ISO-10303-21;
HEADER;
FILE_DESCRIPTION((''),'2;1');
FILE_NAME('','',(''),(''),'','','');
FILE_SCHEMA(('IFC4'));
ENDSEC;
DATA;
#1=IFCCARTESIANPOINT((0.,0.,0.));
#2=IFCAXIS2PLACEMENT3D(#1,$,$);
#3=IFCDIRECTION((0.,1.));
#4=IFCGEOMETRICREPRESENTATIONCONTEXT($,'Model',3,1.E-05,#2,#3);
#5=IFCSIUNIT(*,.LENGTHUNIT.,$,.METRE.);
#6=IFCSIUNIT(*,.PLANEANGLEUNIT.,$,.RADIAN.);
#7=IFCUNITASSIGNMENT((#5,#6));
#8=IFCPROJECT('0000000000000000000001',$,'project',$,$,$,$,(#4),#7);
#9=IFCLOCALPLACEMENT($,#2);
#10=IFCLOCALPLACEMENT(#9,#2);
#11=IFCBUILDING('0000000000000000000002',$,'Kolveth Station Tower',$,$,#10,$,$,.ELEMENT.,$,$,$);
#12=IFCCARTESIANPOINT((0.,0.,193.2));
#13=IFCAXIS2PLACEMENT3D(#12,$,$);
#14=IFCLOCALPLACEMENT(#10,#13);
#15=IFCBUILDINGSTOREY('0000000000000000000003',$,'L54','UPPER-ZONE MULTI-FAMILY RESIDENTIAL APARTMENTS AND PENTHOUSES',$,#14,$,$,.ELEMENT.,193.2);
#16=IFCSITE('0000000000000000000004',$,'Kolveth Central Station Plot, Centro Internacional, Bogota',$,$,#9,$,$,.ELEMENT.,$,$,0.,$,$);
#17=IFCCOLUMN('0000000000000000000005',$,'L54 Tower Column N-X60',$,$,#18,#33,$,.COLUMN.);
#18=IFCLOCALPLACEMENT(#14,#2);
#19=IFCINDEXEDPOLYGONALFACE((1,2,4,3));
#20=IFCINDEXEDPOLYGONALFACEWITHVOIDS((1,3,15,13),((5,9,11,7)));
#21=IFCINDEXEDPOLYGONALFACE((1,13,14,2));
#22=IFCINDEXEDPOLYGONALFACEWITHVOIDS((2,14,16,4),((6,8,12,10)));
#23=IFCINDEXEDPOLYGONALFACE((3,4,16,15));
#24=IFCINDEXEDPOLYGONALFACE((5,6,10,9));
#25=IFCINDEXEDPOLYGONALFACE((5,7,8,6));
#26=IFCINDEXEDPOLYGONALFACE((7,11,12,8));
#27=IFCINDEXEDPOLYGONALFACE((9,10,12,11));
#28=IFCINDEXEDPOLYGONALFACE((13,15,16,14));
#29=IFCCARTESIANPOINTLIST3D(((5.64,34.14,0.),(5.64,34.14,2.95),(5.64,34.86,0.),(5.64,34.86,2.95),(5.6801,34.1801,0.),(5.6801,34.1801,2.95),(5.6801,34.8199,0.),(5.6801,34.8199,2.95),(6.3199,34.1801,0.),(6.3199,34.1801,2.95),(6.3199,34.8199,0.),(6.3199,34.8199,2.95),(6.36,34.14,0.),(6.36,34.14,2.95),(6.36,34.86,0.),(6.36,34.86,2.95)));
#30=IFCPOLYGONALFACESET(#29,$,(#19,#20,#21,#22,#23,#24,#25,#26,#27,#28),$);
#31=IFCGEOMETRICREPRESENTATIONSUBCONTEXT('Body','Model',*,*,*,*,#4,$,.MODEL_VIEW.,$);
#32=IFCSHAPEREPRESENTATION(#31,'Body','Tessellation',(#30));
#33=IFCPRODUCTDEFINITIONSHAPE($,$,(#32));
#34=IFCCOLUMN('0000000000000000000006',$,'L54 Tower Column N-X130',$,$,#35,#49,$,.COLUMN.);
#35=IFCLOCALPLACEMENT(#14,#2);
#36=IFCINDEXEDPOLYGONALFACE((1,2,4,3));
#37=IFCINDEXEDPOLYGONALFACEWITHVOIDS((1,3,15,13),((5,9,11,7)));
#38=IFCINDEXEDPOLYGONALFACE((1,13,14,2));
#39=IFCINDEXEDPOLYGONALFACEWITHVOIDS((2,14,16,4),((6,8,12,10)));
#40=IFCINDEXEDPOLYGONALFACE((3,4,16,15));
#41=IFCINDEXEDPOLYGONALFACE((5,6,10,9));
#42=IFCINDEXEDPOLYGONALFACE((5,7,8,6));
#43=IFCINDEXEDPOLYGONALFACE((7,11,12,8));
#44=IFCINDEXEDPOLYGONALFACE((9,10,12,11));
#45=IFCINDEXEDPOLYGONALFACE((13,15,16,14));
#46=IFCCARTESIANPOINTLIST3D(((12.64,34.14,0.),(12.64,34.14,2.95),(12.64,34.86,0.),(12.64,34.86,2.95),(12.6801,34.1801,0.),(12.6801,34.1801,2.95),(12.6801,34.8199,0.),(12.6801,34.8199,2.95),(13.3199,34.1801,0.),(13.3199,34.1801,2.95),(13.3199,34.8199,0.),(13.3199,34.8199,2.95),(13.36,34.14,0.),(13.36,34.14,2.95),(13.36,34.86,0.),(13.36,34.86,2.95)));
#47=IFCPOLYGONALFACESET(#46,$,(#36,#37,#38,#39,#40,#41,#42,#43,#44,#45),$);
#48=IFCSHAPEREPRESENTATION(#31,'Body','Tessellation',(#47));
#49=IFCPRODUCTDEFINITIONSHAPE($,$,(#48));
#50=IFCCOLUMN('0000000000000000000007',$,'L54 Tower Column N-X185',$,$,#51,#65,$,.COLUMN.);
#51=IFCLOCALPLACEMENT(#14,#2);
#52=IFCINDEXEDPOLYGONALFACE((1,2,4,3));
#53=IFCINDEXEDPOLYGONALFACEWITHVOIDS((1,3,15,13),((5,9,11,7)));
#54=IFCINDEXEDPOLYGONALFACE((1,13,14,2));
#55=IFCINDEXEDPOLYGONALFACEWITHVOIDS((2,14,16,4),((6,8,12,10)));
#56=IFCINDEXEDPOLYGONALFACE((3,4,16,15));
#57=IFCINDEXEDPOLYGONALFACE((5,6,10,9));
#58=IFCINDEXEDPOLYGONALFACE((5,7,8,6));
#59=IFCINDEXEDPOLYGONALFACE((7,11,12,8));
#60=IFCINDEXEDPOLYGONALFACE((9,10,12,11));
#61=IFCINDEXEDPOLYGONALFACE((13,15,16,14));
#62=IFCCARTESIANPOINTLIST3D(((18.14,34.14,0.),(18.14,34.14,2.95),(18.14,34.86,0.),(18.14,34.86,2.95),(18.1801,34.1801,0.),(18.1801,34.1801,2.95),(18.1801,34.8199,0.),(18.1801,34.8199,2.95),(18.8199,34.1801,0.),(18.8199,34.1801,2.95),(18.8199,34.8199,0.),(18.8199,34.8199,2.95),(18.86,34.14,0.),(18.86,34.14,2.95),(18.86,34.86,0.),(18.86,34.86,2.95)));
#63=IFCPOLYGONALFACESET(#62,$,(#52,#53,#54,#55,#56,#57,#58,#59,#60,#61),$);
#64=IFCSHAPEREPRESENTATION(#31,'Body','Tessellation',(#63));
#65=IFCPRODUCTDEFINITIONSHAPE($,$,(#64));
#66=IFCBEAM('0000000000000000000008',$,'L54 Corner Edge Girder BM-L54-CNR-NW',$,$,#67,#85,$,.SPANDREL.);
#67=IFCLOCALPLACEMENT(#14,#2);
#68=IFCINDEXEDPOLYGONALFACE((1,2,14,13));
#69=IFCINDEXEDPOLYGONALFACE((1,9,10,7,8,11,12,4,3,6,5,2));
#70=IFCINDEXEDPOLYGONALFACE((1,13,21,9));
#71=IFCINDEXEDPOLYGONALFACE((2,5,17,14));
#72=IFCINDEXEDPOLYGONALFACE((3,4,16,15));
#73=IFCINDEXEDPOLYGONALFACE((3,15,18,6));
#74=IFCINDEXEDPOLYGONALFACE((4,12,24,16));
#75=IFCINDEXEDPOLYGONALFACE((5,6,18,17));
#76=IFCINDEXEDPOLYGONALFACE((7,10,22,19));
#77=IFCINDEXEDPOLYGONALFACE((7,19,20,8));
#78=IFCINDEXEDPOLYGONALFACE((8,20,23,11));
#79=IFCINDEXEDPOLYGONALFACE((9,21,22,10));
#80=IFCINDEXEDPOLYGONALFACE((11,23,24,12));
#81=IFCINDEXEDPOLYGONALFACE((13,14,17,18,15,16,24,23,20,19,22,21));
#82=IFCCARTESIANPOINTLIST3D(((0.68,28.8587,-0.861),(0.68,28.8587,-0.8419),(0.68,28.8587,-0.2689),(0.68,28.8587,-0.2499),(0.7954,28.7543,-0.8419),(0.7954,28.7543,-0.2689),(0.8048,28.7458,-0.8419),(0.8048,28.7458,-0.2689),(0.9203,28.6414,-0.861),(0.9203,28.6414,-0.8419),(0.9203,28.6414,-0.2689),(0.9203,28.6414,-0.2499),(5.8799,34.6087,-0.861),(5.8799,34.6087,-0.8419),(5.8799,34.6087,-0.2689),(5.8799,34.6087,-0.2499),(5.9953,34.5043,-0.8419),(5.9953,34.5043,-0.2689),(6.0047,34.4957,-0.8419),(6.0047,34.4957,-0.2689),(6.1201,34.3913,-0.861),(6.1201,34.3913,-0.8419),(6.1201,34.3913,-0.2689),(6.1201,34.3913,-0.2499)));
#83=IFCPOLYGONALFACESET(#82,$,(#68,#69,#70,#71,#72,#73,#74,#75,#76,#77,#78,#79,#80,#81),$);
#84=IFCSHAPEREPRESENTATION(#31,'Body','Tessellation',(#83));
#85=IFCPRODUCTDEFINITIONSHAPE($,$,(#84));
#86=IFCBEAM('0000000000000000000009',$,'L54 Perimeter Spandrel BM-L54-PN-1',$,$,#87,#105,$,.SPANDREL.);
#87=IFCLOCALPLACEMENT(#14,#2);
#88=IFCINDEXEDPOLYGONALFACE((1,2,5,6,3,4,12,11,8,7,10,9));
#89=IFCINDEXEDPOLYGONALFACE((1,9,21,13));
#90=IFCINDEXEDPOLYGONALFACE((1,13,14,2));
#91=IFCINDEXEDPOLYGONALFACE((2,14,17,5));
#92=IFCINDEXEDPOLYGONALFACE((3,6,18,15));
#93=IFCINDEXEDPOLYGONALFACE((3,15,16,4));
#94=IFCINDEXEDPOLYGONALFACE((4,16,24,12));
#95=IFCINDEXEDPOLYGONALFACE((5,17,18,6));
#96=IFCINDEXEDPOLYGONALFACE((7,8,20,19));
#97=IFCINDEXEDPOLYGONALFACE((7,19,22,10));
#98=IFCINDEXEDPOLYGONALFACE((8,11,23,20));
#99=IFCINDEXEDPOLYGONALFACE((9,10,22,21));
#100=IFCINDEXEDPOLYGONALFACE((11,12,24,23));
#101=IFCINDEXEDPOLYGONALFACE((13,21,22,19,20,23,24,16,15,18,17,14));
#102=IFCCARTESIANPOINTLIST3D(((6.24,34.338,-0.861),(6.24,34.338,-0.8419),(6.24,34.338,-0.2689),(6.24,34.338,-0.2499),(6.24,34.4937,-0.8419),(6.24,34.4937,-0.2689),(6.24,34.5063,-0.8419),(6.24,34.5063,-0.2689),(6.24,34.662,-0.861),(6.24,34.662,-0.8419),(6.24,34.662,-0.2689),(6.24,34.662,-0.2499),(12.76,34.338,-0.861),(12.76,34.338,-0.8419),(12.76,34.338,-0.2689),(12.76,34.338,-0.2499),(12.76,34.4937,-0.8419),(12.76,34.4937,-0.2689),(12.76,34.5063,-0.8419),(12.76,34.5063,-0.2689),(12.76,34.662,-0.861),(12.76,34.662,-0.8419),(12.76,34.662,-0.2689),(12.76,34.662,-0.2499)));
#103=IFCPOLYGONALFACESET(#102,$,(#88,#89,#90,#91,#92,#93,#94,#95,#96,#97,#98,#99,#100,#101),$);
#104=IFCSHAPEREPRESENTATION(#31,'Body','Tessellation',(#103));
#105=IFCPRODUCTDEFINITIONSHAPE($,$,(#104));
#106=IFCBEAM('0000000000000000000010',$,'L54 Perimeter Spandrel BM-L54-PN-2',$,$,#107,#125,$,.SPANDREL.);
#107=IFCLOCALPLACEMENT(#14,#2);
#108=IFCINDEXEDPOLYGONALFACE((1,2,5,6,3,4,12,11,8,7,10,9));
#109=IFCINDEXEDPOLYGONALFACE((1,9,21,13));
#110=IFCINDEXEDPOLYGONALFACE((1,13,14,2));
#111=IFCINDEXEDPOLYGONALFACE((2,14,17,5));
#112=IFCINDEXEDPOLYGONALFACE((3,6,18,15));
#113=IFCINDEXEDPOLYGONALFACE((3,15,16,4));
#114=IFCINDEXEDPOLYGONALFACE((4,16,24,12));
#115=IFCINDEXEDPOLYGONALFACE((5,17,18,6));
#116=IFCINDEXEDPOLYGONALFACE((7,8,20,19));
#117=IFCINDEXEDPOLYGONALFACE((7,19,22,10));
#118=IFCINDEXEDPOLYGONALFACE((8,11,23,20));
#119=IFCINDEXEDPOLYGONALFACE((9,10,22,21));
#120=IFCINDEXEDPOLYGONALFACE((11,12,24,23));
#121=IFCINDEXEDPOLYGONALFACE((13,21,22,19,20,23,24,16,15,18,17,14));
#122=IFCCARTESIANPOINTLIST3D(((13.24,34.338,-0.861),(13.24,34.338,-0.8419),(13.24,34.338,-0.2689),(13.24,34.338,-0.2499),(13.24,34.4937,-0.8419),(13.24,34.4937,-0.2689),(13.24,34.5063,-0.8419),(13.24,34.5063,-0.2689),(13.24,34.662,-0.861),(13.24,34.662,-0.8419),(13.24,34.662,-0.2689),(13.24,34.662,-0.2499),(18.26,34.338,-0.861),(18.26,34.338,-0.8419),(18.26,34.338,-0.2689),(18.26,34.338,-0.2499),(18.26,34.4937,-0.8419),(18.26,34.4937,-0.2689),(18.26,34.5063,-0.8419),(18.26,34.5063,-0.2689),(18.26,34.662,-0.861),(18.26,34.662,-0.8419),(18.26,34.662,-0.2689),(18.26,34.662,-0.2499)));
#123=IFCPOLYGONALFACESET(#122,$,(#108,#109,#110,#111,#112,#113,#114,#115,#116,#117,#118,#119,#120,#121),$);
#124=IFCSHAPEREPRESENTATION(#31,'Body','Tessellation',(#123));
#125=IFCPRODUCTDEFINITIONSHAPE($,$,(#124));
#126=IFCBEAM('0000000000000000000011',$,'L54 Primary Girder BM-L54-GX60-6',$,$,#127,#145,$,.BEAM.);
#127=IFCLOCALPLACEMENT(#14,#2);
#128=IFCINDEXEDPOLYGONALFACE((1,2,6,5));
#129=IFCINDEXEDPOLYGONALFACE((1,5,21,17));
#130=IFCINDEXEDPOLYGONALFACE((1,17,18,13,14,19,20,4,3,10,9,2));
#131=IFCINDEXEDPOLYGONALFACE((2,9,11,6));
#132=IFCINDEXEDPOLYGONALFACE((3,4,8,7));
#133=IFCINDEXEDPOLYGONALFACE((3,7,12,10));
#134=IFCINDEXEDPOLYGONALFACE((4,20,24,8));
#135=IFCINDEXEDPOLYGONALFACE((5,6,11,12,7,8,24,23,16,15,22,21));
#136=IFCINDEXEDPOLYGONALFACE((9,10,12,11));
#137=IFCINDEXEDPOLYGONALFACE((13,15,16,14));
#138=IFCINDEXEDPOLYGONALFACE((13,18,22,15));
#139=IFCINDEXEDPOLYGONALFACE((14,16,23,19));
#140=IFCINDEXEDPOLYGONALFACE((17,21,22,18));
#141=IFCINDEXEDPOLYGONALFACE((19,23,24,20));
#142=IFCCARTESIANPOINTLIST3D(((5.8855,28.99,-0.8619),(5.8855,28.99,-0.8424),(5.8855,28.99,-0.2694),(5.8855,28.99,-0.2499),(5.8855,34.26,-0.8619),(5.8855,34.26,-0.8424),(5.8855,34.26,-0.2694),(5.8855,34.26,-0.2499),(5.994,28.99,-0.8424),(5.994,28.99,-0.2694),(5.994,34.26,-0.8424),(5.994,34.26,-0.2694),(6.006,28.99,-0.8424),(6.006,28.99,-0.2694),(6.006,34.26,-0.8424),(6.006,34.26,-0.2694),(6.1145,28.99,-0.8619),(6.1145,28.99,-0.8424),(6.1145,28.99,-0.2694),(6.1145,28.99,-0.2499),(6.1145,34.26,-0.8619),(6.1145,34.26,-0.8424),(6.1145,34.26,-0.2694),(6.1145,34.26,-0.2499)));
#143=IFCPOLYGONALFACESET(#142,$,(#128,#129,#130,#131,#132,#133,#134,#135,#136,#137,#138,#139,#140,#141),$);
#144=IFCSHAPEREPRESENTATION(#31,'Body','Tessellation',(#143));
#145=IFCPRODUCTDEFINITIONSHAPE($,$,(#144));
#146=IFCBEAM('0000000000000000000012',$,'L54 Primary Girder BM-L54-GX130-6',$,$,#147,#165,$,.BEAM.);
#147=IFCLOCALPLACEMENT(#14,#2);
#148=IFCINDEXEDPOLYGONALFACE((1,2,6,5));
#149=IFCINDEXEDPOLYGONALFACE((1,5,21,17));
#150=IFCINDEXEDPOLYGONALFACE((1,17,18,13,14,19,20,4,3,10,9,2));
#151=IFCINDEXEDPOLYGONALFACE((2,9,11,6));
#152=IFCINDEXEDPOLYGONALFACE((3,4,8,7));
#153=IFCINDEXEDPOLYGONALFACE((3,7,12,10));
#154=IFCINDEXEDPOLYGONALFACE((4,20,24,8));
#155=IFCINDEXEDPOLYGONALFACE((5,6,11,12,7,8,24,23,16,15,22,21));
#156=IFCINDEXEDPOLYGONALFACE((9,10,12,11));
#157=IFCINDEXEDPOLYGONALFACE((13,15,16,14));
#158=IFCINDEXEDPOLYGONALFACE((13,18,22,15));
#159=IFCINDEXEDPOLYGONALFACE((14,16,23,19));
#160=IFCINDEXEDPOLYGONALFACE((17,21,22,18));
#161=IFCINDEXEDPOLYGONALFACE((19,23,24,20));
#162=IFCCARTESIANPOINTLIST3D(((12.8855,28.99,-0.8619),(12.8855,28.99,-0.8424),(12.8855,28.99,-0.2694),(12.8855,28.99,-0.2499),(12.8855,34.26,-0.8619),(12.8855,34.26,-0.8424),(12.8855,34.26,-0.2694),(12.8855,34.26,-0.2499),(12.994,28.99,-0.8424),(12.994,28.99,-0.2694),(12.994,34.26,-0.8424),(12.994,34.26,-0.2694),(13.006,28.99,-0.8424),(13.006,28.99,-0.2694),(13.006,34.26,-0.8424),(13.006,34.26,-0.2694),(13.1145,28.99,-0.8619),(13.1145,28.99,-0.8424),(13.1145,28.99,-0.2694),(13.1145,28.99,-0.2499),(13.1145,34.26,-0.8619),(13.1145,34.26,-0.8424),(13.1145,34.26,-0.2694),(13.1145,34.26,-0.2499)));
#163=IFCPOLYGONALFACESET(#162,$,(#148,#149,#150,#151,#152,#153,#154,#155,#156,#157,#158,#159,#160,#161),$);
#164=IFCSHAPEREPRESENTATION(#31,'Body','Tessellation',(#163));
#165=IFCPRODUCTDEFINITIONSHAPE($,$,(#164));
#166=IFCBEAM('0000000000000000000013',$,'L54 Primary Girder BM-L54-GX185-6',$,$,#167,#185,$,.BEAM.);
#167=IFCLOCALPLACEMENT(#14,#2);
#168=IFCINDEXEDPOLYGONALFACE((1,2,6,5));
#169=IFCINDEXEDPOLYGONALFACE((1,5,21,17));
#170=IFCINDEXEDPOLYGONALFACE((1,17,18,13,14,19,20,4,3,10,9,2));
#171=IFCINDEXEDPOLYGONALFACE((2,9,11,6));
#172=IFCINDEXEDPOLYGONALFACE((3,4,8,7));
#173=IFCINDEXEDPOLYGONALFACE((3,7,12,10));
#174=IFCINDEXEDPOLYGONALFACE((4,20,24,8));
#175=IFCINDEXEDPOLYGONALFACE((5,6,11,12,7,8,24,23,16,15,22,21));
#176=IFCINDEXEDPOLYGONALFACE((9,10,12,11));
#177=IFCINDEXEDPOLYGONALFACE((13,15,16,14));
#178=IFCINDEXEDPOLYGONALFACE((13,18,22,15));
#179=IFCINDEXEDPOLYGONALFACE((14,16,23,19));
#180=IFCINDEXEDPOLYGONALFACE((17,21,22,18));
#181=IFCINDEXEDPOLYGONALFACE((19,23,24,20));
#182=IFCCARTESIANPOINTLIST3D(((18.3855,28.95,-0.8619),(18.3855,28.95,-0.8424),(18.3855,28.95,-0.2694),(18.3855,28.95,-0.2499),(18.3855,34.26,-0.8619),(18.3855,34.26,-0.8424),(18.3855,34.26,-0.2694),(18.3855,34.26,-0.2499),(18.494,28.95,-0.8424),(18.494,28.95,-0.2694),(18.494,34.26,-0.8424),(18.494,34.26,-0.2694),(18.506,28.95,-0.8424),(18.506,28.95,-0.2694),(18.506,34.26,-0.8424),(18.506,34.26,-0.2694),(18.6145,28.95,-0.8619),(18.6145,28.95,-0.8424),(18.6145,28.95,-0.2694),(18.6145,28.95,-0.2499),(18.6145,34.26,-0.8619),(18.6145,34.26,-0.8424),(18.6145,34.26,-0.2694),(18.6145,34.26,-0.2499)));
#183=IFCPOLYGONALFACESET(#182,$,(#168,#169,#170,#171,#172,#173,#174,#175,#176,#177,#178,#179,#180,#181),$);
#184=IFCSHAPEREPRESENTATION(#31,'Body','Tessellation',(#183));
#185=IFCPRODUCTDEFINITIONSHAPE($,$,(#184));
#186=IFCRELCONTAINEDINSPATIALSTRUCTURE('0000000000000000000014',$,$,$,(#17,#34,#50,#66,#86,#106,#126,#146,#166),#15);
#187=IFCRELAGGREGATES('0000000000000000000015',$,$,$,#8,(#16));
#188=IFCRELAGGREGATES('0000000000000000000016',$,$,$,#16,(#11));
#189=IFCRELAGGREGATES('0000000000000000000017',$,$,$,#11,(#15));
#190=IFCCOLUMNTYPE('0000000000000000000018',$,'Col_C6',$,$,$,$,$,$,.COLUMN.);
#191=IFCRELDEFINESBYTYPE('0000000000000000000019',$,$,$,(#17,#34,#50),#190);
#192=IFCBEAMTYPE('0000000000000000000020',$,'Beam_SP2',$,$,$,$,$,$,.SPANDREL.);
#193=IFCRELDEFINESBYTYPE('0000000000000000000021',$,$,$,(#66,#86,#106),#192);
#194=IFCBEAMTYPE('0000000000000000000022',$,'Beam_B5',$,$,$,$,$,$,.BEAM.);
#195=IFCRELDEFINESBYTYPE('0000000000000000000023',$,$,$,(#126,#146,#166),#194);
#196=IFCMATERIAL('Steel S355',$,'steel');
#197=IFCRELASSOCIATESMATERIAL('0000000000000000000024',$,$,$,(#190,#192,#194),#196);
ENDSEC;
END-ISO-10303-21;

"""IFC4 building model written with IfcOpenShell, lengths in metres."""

from ifc_helpers import new_model, si_unit, direction, frame, origin, origin_2d, place, context, subcontext, project, spatial, hollow_rectangle, i_section, extrude, source, transform, mapped, material, material_profile, profile_set, type_object, element, save


model = new_model("IFC4")

# Units and contexts
model_context = context("Model", 3, precision=1e-05, world=origin(), true_north=direction((0.0, 1.0)))
body_context = subcontext(model_context, "Body", "Model", "MODEL_VIEW")
ifc_project = project(units=[si_unit("LENGTHUNIT", "METRE"), si_unit("PLANEANGLEUNIT", "RADIAN")], contexts=[model_context])

# Site, building, storey
site_placement = place(None, origin())
site = spatial("IfcSite", under=ifc_project, at=site_placement, Name="Kolveth Central Station Plot, Centro Internacional, Bogota", CompositionType="ELEMENT", RefElevation=0.0)
building_placement = place(site_placement, origin())
building = spatial("IfcBuilding", under=site, at=building_placement, Name="Kolveth Station Tower", CompositionType="ELEMENT")
storey_placement = place(building_placement, frame((0.0, 0.0, 193.2)))
storey = spatial("IfcBuildingStorey", under=building, at=storey_placement, Name="L54", Description="UPPER-ZONE MULTI-FAMILY RESIDENTIAL APARTMENTS AND PENTHOUSES", CompositionType="ELEMENT", Elevation=193.2)

# Columns
ifc_material_1 = material(Name="Steel S355", Category="steel")
ifc_material_profile_1 = material_profile(ifc_material_1, hollow_rectangle(XDim=0.72, YDim=0.72, WallThickness=0.04, at=origin_2d()), Name="BOX720x720x40")
ifc_profile_set_1 = profile_set([ifc_material_profile_1], Name="Steel S355")
column_type = type_object("IfcColumnType", Name="Col_C6", PredefinedType="COLUMN", material=ifc_profile_set_1)
shared_shape_1 = source(origin(), body_context, "Body", "SweptSolid", [
    extrude(hollow_rectangle(XDim=0.72, YDim=0.72, WallThickness=0.04, at=origin_2d()), origin(), (0.0, 0.0, 1.0), 2.95),
])
for number, where, z_axis, x_axis, name in (
    (1, (6.0, 34.5, 0.0), (0.0, 0.0, 1.0), (1.0, 0.0, 0.0), "L54 Tower Column N-X60"),
    (2, (13.0, 34.5, 0.0), (0.0, 0.0, 1.0), (1.0, 0.0, 0.0), "L54 Tower Column N-X130"),
    (3, (18.5, 34.5, 0.0), (0.0, 0.0, 1.0), (1.0, 0.0, 0.0), "L54 Tower Column N-X185"),
):
    element("IfcColumn", number, at=place(storey_placement, frame(where, z_axis=z_axis, x_axis=x_axis)), inside=storey, type_object=column_type, Name=name, PredefinedType="COLUMN", context=body_context, shape_type="MappedRepresentation", body=[
        mapped(shared_shape_1, transform((0.0, 0.0, 0.0), x_axis=(1.0, 0.0, 0.0), y_axis=(0.0, 1.0, 0.0), z_axis=(0.0, 0.0, 1.0), scale=1.0)),
    ])

# Beams
ifc_material_profile_2 = material_profile(ifc_material_1, i_section(OverallWidth=0.324, OverallDepth=0.6111, WebThickness=0.0127, FlangeThickness=0.019, at=origin_2d()), Name="W610x155")
ifc_profile_set_2 = profile_set([ifc_material_profile_2], Name="Steel S355")
beam_type_1 = type_object("IfcBeamType", Name="Beam_SP2", PredefinedType="SPANDREL", material=ifc_profile_set_2)
shared_shape_2 = source(origin(), body_context, "Body", "SweptSolid", [
    extrude(i_section(OverallWidth=0.324, OverallDepth=0.6111, WebThickness=0.0127, FlangeThickness=0.019, at=origin_2d()), origin(), (0.0, 0.0, 1.0), 7.7524),
])
beam_1_placement = place(storey_placement, frame((6.0, 34.5, -0.5554), z_axis=(-0.670741, -0.741692, 0.0), x_axis=(0.741692, -0.670741, 0.0)))
element("IfcBeam", 4, at=beam_1_placement, inside=storey, type_object=beam_type_1, Name="L54 Corner Edge Girder BM-L54-CNR-NW", PredefinedType="SPANDREL", context=body_context, shape_type="MappedRepresentation", body=[
    mapped(shared_shape_2, transform((0.0, 0.0, 0.0), x_axis=(1.0, 0.0, 0.0), y_axis=(0.0, 1.0, 0.0), z_axis=(0.0, 0.0, 1.0), scale=1.0)),
])
shared_shape_3 = source(origin(), body_context, "Body", "SweptSolid", [
    extrude(i_section(OverallWidth=0.324, OverallDepth=0.6111, WebThickness=0.0127, FlangeThickness=0.019, at=origin_2d()), origin(), (0.0, 0.0, 1.0), 6.52),
])
beam_2_placement = place(storey_placement, frame((6.24, 34.5, -0.5554), z_axis=(1.0, 0.0, 0.0), x_axis=(0.0, 1.0, 0.0)))
element("IfcBeam", 5, at=beam_2_placement, inside=storey, type_object=beam_type_1, Name="L54 Perimeter Spandrel BM-L54-PN-1", PredefinedType="SPANDREL", context=body_context, shape_type="MappedRepresentation", body=[
    mapped(shared_shape_3, transform((0.0, 0.0, 0.0), x_axis=(1.0, 0.0, 0.0), y_axis=(0.0, 1.0, 0.0), z_axis=(0.0, 0.0, 1.0), scale=1.0)),
])
shared_shape_4 = source(origin(), body_context, "Body", "SweptSolid", [
    extrude(i_section(OverallWidth=0.324, OverallDepth=0.6111, WebThickness=0.0127, FlangeThickness=0.019, at=origin_2d()), origin(), (0.0, 0.0, 1.0), 5.02),
])
beam_3_placement = place(storey_placement, frame((13.24, 34.5, -0.5554), z_axis=(1.0, 0.0, 0.0), x_axis=(0.0, 1.0, 0.0)))
element("IfcBeam", 6, at=beam_3_placement, inside=storey, type_object=beam_type_1, Name="L54 Perimeter Spandrel BM-L54-PN-2", PredefinedType="SPANDREL", context=body_context, shape_type="MappedRepresentation", body=[
    mapped(shared_shape_4, transform((0.0, 0.0, 0.0), x_axis=(1.0, 0.0, 0.0), y_axis=(0.0, 1.0, 0.0), z_axis=(0.0, 0.0, 1.0), scale=1.0)),
])
ifc_material_profile_3 = material_profile(ifc_material_1, i_section(OverallWidth=0.229, OverallDepth=0.6121, WebThickness=0.012, FlangeThickness=0.0195, at=origin_2d()), Name="W610x125")
ifc_profile_set_3 = profile_set([ifc_material_profile_3], Name="Steel S355")
beam_type_2 = type_object("IfcBeamType", Name="Beam_B5", PredefinedType="BEAM", material=ifc_profile_set_3)
shared_shape_5 = source(origin(), body_context, "Body", "SweptSolid", [
    extrude(i_section(OverallWidth=0.229, OverallDepth=0.6121, WebThickness=0.012, FlangeThickness=0.0195, at=origin_2d()), origin(), (0.0, 0.0, 1.0), 5.27),
])
for number, where, z_axis, x_axis, name in (
    (7, (6.0, 28.99, -0.5559), (0.0, 1.0, 0.0), (-1.0, 0.0, 0.0), "L54 Primary Girder BM-L54-GX60-6"),
    (8, (13.0, 28.99, -0.5559), (0.0, 1.0, 0.0), (-1.0, 0.0, 0.0), "L54 Primary Girder BM-L54-GX130-6"),
):
    element("IfcBeam", number, at=place(storey_placement, frame(where, z_axis=z_axis, x_axis=x_axis)), inside=storey, type_object=beam_type_2, Name=name, PredefinedType="BEAM", context=body_context, shape_type="MappedRepresentation", body=[
        mapped(shared_shape_5, transform((0.0, 0.0, 0.0), x_axis=(1.0, 0.0, 0.0), y_axis=(0.0, 1.0, 0.0), z_axis=(0.0, 0.0, 1.0), scale=1.0)),
    ])
shared_shape_6 = source(origin(), body_context, "Body", "SweptSolid", [
    extrude(i_section(OverallWidth=0.229, OverallDepth=0.6121, WebThickness=0.012, FlangeThickness=0.0195, at=origin_2d()), origin(), (0.0, 0.0, 1.0), 5.3101),
])
beam_4_placement = place(storey_placement, frame((18.5, 28.95, -0.5559), z_axis=(0.0, 1.0, 0.0), x_axis=(-1.0, 0.0, 0.0)))
element("IfcBeam", 9, at=beam_4_placement, inside=storey, type_object=beam_type_2, Name="L54 Primary Girder BM-L54-GX185-6", PredefinedType="BEAM", context=body_context, shape_type="MappedRepresentation", body=[
    mapped(shared_shape_6, transform((0.0, 0.0, 0.0), x_axis=(1.0, 0.0, 0.0), y_axis=(0.0, 1.0, 0.0), z_axis=(0.0, 0.0, 1.0), scale=1.0)),
])

save(model, "model.ifc")
